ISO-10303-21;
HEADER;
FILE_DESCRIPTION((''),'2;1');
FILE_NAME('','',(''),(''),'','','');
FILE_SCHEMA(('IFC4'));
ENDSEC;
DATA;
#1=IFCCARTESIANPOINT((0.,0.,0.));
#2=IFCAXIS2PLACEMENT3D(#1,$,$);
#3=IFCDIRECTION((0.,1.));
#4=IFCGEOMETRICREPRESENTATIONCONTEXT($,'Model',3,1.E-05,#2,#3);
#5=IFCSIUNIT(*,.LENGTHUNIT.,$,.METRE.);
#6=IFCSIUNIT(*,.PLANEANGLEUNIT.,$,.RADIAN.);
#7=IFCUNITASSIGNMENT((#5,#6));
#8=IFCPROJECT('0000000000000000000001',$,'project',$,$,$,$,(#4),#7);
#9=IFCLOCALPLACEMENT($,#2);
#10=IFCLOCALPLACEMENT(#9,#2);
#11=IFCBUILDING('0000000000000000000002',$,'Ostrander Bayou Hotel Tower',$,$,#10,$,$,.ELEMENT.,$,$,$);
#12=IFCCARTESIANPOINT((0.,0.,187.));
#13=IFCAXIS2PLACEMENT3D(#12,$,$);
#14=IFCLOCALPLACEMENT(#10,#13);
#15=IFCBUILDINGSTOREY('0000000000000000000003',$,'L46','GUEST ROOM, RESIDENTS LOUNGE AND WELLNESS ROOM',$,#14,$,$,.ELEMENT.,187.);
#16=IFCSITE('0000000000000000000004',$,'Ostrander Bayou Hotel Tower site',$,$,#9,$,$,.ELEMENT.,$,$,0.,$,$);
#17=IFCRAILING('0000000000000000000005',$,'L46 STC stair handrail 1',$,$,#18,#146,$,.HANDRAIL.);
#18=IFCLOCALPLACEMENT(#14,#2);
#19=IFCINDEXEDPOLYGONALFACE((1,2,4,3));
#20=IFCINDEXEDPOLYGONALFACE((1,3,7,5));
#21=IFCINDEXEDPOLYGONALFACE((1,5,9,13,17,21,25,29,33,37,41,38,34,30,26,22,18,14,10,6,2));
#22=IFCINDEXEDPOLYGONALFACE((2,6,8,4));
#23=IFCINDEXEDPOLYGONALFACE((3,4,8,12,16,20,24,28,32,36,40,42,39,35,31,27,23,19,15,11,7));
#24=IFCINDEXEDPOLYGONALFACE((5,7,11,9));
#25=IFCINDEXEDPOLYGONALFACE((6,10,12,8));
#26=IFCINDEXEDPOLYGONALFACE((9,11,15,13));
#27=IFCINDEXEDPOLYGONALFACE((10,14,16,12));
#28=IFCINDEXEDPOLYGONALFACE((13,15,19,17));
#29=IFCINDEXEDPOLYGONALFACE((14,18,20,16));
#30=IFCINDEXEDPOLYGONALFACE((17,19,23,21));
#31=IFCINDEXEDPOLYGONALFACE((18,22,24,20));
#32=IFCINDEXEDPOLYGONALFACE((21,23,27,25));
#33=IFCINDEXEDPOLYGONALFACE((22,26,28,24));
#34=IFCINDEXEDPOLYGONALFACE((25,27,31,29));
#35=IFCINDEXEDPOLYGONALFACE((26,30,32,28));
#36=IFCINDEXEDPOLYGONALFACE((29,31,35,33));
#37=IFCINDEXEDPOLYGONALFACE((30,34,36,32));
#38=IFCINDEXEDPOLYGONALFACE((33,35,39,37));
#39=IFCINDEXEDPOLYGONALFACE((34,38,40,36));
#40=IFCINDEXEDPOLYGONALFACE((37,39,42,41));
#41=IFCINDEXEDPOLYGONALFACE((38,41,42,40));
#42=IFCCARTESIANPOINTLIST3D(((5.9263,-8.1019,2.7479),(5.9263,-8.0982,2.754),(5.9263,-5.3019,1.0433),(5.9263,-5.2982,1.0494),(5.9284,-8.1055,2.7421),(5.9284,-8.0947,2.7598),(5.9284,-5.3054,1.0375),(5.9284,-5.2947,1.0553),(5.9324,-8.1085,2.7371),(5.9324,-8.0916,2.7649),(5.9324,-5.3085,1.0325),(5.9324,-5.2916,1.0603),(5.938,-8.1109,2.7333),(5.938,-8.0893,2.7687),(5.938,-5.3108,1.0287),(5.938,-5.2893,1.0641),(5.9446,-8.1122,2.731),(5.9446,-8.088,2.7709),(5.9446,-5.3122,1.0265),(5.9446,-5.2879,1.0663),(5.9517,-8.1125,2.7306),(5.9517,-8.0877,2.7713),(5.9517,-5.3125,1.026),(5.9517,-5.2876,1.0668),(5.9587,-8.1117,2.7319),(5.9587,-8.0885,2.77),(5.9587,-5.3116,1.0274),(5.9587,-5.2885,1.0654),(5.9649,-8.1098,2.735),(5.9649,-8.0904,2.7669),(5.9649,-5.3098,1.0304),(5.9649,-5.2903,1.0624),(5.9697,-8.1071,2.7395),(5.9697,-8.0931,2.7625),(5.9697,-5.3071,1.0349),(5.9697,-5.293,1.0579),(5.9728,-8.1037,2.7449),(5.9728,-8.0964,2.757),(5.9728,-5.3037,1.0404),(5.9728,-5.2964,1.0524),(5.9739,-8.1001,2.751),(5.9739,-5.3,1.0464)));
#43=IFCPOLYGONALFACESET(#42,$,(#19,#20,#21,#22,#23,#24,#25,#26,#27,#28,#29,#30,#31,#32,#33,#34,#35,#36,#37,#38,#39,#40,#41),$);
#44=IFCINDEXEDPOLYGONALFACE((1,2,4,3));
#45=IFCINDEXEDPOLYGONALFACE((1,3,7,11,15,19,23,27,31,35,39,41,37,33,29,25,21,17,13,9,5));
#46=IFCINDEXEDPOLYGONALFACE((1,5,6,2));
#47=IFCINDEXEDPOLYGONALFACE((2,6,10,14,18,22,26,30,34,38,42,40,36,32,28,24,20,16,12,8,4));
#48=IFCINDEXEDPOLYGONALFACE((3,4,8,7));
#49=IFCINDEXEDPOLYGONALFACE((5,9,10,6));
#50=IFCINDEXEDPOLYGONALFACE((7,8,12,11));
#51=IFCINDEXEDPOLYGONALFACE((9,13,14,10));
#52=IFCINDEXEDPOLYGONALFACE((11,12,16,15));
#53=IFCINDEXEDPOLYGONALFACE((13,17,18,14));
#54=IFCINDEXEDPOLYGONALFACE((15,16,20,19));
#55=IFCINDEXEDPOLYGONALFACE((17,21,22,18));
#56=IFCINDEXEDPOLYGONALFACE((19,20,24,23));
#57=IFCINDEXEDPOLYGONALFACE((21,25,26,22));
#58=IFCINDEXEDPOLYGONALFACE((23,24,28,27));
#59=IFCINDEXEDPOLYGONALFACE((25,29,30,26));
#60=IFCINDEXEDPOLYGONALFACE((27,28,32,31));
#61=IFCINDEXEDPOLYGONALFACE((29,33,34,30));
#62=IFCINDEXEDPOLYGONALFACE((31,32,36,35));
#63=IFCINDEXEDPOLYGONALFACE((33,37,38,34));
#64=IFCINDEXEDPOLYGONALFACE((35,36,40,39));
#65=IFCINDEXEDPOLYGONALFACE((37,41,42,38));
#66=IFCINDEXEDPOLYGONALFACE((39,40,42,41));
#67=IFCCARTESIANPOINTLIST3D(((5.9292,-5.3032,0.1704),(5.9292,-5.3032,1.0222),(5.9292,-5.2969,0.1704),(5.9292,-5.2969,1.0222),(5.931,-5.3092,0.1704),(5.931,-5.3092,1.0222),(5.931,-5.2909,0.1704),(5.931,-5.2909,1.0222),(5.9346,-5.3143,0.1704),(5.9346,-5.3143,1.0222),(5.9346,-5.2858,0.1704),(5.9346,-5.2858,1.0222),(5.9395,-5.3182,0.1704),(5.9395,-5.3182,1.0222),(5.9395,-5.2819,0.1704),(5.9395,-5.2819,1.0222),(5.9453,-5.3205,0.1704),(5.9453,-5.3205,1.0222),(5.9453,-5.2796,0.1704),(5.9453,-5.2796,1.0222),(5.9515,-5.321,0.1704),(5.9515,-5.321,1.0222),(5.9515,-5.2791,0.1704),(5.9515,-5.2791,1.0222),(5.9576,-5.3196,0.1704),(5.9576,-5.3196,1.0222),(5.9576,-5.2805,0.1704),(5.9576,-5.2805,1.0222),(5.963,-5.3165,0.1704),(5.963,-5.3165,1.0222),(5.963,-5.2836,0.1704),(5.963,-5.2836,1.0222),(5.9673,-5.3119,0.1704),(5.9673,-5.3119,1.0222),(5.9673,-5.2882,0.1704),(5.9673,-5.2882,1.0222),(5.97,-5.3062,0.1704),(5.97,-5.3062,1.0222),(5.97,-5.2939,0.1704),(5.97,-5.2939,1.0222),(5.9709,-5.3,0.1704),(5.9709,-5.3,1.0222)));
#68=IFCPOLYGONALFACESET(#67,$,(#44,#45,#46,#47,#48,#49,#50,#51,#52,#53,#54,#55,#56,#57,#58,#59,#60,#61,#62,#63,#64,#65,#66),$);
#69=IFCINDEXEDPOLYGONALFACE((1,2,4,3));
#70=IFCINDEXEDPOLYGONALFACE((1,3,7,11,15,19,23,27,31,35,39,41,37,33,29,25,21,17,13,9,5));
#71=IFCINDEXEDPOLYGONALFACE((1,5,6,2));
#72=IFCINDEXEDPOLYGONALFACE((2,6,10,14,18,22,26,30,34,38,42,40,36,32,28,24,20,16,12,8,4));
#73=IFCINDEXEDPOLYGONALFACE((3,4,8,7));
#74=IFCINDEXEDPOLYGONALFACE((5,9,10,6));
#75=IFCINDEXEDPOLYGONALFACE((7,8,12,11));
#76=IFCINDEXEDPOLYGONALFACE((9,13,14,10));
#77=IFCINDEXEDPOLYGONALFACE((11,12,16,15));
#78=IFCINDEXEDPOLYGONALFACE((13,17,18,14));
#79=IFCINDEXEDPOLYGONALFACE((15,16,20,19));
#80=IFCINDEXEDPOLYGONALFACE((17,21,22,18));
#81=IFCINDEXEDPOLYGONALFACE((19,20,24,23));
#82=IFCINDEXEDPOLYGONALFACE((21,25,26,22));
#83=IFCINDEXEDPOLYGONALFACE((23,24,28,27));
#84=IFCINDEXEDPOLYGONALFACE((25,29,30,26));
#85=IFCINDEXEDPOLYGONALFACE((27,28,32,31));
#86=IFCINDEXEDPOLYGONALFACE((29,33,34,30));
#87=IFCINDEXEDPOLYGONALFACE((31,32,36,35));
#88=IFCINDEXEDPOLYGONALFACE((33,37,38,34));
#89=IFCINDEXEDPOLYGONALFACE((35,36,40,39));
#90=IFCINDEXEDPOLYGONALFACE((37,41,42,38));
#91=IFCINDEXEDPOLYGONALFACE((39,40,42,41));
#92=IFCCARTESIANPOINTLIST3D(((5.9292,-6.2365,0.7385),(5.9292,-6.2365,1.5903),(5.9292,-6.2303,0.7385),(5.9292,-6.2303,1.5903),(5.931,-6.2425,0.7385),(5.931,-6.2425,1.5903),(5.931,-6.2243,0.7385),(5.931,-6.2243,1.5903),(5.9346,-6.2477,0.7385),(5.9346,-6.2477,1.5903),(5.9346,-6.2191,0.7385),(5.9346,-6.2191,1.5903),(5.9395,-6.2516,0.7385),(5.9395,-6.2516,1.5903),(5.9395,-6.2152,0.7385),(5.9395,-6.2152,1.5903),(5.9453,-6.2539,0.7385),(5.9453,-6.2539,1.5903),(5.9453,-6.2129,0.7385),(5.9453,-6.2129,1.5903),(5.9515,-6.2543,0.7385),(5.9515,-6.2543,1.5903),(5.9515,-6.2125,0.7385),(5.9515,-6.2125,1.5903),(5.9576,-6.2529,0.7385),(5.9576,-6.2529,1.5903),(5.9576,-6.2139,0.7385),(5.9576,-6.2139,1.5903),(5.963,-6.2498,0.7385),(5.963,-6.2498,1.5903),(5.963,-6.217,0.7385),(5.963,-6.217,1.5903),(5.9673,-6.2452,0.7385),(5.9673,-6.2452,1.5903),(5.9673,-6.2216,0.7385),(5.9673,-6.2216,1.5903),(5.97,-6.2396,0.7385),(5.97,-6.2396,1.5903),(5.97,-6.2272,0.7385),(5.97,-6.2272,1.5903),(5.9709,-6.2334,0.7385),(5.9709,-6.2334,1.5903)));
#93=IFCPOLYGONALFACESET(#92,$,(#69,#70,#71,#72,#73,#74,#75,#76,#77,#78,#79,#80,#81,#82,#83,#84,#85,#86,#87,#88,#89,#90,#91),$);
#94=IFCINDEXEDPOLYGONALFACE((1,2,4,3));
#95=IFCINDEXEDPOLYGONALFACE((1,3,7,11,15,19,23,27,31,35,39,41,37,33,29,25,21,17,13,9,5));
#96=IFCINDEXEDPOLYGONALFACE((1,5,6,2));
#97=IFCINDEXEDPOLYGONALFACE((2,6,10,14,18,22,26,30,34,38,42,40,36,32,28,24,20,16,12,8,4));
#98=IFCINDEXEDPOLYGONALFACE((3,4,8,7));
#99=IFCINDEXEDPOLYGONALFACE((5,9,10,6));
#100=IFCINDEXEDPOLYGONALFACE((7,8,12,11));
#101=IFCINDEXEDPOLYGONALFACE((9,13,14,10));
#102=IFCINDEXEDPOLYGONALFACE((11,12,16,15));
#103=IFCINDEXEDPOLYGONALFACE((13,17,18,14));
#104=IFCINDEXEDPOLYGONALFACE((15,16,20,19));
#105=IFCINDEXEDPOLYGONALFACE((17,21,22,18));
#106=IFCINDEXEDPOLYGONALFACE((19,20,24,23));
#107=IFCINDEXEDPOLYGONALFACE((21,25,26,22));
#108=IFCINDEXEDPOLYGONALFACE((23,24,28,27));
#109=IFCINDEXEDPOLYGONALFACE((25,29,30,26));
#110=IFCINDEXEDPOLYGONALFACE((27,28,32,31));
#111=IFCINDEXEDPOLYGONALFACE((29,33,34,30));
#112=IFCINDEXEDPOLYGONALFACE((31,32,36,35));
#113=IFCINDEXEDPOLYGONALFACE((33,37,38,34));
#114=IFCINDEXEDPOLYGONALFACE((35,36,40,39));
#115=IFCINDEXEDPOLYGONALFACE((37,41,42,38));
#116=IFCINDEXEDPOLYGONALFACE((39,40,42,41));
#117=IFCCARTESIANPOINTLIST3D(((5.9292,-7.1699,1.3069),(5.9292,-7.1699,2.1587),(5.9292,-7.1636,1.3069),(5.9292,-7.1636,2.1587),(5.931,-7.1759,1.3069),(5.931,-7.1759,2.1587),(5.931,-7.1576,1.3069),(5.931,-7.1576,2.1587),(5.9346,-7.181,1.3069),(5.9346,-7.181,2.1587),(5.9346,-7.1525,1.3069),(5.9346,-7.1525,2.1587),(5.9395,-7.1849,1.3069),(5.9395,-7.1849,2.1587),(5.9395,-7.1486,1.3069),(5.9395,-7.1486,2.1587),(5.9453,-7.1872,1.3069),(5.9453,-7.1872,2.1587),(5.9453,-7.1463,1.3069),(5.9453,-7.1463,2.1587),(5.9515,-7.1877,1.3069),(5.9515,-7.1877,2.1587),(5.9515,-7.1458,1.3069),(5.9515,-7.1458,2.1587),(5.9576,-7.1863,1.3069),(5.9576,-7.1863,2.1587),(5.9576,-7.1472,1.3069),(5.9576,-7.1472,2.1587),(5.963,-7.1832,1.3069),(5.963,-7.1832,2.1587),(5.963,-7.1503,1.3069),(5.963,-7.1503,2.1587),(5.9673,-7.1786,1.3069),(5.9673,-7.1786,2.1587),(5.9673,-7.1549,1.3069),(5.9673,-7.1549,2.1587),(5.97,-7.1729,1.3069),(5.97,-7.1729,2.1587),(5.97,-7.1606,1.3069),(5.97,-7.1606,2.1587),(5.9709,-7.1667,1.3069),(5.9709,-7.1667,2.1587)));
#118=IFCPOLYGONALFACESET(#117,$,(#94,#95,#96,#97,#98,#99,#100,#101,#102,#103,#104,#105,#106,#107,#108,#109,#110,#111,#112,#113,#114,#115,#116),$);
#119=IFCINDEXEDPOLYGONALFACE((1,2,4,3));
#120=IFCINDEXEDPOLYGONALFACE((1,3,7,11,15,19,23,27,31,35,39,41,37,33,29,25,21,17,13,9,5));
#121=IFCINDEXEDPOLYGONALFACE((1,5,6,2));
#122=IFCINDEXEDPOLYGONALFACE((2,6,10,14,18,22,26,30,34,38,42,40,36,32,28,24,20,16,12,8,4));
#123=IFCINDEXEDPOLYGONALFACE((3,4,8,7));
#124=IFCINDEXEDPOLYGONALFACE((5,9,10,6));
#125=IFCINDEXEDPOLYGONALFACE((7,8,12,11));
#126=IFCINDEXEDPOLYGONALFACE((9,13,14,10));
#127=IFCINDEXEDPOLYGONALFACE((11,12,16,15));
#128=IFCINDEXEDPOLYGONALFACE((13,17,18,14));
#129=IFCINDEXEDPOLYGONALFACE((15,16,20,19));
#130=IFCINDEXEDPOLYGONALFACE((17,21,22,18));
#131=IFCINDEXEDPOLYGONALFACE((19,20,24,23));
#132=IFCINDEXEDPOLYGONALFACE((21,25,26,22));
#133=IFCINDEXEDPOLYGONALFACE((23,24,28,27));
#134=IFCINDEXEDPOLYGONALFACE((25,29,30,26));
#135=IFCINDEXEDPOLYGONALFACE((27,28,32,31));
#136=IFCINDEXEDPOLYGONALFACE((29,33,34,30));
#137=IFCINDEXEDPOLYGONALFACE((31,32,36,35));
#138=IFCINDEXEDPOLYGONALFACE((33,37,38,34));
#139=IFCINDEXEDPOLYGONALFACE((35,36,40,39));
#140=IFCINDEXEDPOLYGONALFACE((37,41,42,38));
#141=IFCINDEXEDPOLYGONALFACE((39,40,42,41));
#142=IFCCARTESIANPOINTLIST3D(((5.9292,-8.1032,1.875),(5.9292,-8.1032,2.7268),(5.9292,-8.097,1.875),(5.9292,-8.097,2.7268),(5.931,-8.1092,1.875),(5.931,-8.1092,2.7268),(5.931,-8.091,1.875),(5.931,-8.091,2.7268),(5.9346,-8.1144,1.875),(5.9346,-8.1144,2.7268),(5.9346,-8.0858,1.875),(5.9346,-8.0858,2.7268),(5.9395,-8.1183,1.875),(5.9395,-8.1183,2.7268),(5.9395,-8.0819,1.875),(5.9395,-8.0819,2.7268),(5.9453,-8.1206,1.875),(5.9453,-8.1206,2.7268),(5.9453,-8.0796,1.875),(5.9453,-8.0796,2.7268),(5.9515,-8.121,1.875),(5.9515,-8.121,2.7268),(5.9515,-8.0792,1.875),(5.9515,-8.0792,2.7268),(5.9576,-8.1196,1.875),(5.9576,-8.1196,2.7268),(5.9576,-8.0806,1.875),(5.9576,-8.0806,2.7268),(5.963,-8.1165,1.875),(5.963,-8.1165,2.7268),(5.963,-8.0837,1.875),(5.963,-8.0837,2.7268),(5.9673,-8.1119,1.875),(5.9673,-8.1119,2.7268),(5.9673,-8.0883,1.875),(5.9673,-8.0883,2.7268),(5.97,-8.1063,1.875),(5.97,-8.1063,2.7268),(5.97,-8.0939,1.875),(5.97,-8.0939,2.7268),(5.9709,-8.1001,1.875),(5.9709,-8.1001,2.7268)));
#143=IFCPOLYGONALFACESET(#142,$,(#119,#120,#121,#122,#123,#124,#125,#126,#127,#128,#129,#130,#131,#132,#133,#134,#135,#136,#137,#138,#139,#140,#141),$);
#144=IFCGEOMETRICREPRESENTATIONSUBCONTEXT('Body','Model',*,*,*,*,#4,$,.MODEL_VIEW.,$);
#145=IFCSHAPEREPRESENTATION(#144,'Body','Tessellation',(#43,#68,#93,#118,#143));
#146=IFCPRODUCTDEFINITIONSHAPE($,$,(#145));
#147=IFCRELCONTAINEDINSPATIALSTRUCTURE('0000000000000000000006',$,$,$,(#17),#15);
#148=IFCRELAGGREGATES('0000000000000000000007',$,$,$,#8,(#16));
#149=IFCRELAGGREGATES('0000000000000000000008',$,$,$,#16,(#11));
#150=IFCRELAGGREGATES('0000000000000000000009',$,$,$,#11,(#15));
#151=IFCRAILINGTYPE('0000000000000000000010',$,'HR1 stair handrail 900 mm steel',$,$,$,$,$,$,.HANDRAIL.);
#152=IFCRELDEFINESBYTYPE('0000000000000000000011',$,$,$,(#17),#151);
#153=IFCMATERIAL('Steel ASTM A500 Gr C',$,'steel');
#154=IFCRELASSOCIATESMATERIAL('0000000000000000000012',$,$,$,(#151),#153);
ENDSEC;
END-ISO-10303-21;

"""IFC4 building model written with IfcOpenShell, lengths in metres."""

from ifc_helpers import new_model, si_unit, direction, frame, origin, origin_2d, place, context, subcontext, project, spatial, circle, extrude, material, type_object, element, save


model = new_model("IFC4")

# Units and contexts
model_context = context("Model", 3, precision=1e-05, world=origin(), true_north=direction((0.0, 1.0)))
body_context = subcontext(model_context, "Body", "Model", "MODEL_VIEW")
ifc_project = project(units=[si_unit("LENGTHUNIT", "METRE"), si_unit("PLANEANGLEUNIT", "RADIAN")], contexts=[model_context])

# Site, building, storey
site_placement = place(None, origin())
site = spatial("IfcSite", under=ifc_project, at=site_placement, Name="Ostrander Bayou Hotel Tower site", CompositionType="ELEMENT", RefElevation=0.0)
building_placement = place(site_placement, origin())
building = spatial("IfcBuilding", under=site, at=building_placement, Name="Ostrander Bayou Hotel Tower", CompositionType="ELEMENT")
storey_placement = place(building_placement, frame((0.0, 0.0, 187.0)))
storey = spatial("IfcBuildingStorey", under=building, at=storey_placement, Name="L46", Description="GUEST ROOM, RESIDENTS LOUNGE AND WELLNESS ROOM", CompositionType="ELEMENT", Elevation=187.0)

# Railing
ifc_material_1 = material(Name="Steel ASTM A500 Gr C", Category="steel")
railing_type_1 = type_object("IfcRailingType", Name="HR1 stair handrail 900 mm steel", PredefinedType="HANDRAIL", material=ifc_material_1)
railing_1_placement = place(storey_placement, frame((5.95, -5.3, 0.1704)))
element("IfcRailing", 1, at=railing_1_placement, inside=storey, type_object=railing_type_1, Name="L46 STC stair handrail 1", PredefinedType="HANDRAIL", context=body_context, shape_type="SweptSolid", body=[
    extrude(circle(Radius=0.0239, at=origin_2d()), frame((0.0, 0.0, 0.876), z_axis=(0.0, -0.85417, 0.519994), x_axis=(1.0, 0.0, 0.0)), (0.0, 0.0, 1.0), 3.2781),
    extrude(circle(Radius=0.021, at=origin_2d()), origin(), (0.0, 0.0, 1.0), 0.8518),
    extrude(circle(Radius=0.021, at=origin_2d()), frame((0.0, -0.9333, 0.5681)), (0.0, 0.0, 1.0), 0.8518),
    extrude(circle(Radius=0.021, at=origin_2d()), frame((0.0, -1.8667, 1.1365)), (0.0, 0.0, 1.0), 0.8518),
    extrude(circle(Radius=0.021, at=origin_2d()), frame((0.0, -2.8, 1.7046)), (0.0, 0.0, 1.0), 0.8518),
])

save(model, "model.ifc")
